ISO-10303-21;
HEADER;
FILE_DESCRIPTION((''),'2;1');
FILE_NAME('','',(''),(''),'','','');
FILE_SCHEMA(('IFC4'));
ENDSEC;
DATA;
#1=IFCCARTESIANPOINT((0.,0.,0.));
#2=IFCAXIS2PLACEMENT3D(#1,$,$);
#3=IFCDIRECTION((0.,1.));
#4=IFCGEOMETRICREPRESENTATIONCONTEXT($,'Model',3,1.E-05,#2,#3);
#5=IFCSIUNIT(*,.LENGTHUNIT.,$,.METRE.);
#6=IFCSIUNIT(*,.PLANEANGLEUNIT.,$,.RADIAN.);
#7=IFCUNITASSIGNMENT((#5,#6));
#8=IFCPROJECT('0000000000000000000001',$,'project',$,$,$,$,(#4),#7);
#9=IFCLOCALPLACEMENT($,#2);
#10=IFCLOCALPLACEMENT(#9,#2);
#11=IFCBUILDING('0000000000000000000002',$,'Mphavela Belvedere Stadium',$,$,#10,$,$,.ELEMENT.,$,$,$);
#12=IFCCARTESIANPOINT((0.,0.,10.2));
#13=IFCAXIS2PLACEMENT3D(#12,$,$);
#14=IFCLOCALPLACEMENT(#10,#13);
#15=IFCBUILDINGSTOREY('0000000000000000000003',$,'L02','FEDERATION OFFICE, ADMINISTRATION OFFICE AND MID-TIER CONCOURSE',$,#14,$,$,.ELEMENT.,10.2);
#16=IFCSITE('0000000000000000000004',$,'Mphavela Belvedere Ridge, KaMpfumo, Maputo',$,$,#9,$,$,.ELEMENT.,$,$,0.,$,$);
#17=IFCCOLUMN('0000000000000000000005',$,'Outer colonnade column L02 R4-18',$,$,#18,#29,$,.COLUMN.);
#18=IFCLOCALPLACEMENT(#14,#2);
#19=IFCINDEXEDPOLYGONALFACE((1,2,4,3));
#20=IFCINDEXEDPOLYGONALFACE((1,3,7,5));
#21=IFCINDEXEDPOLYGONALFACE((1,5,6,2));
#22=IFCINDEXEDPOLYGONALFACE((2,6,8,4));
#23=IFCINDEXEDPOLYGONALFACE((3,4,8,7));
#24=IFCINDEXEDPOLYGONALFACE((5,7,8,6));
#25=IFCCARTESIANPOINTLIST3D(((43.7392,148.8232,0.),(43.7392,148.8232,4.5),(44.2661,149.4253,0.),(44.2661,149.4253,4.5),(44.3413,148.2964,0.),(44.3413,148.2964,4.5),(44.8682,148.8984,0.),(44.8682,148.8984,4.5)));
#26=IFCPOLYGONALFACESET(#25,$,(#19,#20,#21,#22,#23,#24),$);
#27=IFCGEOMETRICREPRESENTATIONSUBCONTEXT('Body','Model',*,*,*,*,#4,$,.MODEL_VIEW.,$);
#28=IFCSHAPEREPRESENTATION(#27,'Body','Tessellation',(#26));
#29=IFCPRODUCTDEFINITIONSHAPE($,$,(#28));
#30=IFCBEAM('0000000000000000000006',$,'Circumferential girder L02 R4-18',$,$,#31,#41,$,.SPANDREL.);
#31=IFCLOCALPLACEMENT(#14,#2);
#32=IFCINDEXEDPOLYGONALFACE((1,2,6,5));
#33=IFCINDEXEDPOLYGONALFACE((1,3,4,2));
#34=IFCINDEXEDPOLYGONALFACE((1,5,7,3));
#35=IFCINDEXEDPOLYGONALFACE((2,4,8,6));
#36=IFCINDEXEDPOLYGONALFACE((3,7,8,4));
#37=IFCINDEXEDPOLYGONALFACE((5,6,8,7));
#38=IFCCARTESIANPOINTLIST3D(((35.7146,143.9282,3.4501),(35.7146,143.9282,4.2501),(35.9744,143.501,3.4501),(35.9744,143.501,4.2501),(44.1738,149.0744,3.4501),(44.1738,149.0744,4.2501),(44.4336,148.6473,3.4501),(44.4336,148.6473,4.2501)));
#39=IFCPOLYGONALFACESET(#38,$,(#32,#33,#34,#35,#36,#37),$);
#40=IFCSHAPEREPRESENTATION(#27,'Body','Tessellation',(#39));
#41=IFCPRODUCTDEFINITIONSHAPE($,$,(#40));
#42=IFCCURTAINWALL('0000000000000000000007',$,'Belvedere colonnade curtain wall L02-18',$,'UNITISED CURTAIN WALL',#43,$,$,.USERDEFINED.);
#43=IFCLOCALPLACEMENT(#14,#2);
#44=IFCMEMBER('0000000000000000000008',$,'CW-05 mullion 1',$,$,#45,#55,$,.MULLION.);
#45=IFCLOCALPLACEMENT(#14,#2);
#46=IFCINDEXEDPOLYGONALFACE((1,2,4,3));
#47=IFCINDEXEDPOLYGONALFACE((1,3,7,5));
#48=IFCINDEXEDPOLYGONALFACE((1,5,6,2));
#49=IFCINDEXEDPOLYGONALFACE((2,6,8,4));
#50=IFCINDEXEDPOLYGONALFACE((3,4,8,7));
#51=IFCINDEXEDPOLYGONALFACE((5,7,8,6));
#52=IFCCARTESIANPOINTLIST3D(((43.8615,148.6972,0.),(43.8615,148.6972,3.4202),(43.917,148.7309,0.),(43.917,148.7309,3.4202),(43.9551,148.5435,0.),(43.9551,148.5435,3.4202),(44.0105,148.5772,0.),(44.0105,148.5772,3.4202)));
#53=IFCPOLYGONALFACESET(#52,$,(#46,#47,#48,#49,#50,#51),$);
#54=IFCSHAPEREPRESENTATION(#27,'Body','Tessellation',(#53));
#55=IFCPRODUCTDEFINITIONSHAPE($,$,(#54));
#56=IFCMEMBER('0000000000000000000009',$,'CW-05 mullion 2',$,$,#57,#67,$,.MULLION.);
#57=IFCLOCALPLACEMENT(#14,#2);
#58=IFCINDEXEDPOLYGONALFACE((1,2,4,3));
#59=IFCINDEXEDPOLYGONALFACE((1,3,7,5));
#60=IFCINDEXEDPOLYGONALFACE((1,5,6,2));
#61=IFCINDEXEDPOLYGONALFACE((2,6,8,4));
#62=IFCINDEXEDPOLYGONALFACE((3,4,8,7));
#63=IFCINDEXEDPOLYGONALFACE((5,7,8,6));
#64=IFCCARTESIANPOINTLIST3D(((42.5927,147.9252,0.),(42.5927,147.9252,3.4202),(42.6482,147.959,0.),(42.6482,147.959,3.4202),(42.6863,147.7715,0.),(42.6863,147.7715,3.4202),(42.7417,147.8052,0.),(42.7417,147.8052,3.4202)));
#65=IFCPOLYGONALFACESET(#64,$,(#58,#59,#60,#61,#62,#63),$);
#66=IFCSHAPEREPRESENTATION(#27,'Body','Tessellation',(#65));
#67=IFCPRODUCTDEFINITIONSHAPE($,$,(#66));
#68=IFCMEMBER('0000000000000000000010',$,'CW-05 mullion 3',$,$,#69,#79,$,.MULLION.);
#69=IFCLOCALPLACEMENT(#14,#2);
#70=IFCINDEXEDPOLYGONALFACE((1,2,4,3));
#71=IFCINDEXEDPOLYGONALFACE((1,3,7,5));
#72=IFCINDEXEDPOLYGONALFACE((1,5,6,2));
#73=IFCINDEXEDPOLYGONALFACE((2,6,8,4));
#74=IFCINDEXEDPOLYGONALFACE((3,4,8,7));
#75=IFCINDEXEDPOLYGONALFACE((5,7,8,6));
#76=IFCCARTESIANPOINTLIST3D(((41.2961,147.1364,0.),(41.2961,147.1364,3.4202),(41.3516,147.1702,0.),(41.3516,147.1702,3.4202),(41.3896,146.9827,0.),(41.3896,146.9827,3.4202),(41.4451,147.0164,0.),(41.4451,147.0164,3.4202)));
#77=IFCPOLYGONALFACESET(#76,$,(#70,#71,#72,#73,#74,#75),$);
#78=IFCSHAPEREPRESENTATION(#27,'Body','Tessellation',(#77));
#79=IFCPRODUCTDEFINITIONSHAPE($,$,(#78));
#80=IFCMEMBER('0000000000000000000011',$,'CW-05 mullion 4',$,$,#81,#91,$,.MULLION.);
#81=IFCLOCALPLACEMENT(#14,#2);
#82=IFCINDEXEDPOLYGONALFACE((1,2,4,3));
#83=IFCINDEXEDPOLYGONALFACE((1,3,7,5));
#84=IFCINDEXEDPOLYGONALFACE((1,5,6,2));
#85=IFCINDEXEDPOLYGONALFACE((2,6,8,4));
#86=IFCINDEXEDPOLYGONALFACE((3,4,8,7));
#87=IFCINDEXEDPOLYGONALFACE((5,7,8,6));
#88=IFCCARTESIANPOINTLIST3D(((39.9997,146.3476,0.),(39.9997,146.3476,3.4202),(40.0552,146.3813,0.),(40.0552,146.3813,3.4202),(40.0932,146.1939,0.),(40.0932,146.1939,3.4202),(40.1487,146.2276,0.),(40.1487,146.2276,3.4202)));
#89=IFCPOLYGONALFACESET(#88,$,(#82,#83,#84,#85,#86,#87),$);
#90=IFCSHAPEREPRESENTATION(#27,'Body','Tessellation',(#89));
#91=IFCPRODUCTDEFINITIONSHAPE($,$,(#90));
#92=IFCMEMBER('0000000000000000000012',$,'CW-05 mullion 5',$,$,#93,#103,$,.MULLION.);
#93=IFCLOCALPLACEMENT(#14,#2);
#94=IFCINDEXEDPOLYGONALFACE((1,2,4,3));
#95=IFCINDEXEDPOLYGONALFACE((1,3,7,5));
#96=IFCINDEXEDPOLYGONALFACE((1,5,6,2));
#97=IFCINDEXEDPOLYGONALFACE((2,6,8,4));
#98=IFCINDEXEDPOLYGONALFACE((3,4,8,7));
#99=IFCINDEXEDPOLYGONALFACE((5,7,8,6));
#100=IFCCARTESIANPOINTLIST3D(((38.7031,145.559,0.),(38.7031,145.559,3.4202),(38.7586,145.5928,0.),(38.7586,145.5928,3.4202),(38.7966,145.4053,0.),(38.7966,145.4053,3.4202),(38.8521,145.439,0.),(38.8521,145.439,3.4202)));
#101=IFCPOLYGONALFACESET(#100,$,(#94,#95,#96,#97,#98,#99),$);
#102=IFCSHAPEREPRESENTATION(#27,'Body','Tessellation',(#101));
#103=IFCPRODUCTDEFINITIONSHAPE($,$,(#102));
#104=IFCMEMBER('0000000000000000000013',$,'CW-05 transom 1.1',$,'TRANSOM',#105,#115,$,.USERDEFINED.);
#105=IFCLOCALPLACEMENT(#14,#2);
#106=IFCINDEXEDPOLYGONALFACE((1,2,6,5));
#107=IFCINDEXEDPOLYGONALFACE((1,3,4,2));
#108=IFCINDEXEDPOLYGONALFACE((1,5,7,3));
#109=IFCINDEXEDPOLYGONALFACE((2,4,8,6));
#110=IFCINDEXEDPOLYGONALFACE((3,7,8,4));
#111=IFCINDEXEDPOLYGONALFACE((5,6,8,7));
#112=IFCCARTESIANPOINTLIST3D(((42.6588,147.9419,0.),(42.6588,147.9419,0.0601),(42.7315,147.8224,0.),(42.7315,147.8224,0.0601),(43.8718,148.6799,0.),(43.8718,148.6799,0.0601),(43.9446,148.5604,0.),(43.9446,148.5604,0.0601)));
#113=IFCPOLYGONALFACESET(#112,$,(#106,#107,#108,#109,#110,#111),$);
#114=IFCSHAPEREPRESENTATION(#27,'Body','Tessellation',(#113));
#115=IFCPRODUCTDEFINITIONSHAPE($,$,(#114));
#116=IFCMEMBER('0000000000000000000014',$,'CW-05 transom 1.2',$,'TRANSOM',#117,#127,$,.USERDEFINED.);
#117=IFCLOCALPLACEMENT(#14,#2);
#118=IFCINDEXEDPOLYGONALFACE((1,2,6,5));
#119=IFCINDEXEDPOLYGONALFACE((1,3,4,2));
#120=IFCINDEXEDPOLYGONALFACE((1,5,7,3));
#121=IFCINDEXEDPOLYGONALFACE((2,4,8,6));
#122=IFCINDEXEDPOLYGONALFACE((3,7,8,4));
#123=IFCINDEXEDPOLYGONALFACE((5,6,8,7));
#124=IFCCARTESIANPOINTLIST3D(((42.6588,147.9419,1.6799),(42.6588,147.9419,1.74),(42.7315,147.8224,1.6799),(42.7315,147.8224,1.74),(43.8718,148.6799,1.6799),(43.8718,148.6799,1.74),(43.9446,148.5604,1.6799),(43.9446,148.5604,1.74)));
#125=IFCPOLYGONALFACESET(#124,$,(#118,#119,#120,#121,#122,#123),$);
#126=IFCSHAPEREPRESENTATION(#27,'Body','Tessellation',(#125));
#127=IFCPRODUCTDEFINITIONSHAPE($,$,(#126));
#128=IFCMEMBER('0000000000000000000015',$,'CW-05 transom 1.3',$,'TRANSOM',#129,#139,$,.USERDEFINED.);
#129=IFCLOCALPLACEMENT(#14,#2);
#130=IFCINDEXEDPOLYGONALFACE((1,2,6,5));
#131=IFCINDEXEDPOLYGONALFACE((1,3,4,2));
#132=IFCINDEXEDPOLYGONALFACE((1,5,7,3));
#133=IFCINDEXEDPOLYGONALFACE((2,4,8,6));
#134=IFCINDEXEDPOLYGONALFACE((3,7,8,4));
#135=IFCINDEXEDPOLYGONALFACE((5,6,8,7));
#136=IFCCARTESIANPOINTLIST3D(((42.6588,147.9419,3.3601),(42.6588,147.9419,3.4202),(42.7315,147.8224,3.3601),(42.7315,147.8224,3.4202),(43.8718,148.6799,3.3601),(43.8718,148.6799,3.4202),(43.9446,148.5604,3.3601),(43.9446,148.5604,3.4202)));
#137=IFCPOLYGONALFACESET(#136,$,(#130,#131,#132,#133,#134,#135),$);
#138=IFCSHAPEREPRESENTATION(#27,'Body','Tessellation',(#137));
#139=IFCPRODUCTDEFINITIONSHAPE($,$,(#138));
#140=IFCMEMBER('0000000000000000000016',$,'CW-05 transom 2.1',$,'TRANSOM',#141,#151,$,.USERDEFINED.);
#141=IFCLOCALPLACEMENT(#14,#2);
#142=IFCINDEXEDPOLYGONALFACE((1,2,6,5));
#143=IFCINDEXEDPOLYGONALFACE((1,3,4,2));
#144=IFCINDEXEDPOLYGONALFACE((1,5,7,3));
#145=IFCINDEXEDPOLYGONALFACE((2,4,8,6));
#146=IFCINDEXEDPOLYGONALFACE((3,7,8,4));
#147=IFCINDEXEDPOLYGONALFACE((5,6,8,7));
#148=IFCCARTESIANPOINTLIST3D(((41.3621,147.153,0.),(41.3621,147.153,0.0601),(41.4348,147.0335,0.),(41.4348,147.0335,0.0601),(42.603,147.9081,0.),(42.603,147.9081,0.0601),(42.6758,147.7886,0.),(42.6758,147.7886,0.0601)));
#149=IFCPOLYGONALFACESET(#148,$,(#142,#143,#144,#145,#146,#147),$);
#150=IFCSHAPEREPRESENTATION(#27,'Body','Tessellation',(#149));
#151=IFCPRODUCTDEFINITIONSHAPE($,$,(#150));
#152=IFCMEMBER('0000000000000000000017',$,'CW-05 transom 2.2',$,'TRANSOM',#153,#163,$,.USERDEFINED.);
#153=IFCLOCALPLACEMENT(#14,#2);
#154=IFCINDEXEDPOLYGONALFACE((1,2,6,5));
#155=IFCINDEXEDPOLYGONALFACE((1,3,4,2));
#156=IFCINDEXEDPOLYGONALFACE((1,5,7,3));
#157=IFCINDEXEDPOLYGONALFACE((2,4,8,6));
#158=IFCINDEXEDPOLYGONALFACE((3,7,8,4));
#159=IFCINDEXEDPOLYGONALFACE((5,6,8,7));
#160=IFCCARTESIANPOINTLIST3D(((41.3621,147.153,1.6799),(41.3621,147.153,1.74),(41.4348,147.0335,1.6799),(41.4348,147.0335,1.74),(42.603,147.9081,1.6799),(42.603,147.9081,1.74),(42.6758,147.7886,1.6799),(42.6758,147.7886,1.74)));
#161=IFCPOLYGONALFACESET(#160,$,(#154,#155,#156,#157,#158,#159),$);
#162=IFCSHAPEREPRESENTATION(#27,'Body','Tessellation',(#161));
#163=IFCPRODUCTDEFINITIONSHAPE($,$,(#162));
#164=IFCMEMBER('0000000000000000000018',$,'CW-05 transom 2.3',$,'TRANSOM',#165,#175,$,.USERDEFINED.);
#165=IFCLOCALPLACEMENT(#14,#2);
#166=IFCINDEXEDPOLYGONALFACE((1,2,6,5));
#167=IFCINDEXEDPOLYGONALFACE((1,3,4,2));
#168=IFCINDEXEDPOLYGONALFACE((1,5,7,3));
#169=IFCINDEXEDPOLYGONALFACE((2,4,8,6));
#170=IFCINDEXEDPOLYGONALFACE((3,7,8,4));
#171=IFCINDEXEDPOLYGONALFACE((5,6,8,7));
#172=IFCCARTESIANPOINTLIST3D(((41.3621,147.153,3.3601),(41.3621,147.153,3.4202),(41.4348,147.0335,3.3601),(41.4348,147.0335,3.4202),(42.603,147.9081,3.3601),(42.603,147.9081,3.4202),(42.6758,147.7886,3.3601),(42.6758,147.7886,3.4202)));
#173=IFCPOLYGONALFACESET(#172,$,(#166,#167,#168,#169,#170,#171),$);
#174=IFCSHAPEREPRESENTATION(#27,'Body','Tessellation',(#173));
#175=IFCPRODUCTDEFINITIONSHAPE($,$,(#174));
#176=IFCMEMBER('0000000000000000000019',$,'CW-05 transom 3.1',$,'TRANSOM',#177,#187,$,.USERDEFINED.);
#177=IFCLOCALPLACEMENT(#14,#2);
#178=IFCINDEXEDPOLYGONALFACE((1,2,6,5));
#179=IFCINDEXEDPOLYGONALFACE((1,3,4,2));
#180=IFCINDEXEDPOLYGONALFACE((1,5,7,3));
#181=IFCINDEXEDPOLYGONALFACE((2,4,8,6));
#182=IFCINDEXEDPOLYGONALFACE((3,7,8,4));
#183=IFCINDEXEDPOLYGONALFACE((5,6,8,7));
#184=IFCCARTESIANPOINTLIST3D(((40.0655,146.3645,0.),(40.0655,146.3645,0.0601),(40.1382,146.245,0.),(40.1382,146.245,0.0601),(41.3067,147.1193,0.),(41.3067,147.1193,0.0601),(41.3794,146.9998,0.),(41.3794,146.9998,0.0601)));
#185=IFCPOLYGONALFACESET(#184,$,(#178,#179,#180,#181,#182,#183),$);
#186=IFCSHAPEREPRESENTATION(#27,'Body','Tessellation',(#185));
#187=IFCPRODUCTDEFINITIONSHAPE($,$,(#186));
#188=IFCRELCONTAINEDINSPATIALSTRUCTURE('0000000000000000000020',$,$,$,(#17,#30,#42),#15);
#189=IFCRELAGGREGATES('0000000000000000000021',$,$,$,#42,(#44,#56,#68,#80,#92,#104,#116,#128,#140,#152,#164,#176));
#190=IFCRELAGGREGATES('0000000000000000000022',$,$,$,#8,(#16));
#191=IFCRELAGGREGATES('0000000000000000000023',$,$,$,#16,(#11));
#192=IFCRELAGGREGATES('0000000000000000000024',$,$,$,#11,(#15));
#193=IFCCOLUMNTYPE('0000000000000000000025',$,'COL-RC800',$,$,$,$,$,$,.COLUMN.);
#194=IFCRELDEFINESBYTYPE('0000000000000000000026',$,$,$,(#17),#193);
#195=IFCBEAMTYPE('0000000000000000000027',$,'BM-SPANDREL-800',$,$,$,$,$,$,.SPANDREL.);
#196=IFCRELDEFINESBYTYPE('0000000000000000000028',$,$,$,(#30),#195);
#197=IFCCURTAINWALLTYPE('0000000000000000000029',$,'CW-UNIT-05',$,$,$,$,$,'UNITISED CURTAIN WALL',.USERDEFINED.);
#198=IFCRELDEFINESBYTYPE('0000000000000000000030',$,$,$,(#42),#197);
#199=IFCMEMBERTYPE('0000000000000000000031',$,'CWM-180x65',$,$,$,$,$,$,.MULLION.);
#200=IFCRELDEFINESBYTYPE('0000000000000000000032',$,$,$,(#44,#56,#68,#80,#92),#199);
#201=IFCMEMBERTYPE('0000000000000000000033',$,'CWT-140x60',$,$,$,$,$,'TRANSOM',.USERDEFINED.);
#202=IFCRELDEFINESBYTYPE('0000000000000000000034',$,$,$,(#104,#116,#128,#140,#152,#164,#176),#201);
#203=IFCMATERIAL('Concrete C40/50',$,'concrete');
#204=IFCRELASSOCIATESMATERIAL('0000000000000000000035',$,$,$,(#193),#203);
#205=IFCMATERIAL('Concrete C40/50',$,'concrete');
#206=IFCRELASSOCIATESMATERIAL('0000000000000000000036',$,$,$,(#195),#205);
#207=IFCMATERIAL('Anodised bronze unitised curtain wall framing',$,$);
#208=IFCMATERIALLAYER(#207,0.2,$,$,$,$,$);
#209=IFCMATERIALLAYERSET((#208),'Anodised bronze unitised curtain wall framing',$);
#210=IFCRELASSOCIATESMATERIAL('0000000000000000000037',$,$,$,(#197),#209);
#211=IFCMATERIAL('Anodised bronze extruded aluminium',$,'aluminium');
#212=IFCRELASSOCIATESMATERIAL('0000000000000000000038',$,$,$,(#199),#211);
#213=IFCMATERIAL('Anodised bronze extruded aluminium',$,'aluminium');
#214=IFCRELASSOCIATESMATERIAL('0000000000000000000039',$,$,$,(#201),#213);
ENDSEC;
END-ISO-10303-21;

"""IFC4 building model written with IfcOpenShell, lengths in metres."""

from ifc_helpers import new_model, si_unit, direction, frame, origin, origin_2d, place, context, subcontext, project, spatial, rectangle, extrude, material, layer, layer_set, material_profile, profile_set, type_object, element, aggregate, save


model = new_model("IFC4")

# Units and contexts
model_context = context("Model", 3, precision=1e-05, world=origin(), true_north=direction((0.0, 1.0)))
body_context = subcontext(model_context, "Body", "Model", "MODEL_VIEW")
ifc_project = project(units=[si_unit("LENGTHUNIT", "METRE"), si_unit("PLANEANGLEUNIT", "RADIAN")], contexts=[model_context])

# Site, building, storey
site_placement = place(None, origin())
site = spatial("IfcSite", under=ifc_project, at=site_placement, Name="Mphavela Belvedere Ridge, KaMpfumo, Maputo", CompositionType="ELEMENT", RefElevation=0.0)
building_placement = place(site_placement, origin())
building = spatial("IfcBuilding", under=site, at=building_placement, Name="Mphavela Belvedere Stadium", CompositionType="ELEMENT")
storey_placement = place(building_placement, frame((0.0, 0.0, 10.2)))
storey = spatial("IfcBuildingStorey", under=building, at=storey_placement, Name="L02", Description="FEDERATION OFFICE, ADMINISTRATION OFFICE AND MID-TIER CONCOURSE", CompositionType="ELEMENT", Elevation=10.2)

# Column
ifc_material_1 = material(Name="Concrete C40/50", Category="concrete")
ifc_material_profile_1 = material_profile(ifc_material_1, rectangle(XDim=0.8, YDim=0.8, at=origin_2d()), Name="RC 800x800")
ifc_profile_set_1 = profile_set([ifc_material_profile_1], Name="Concrete C40/50")
column_type = type_object("IfcColumnType", Name="COL-RC800", PredefinedType="COLUMN", material=ifc_profile_set_1)
column_placement = place(storey_placement, frame((44.3037, 148.8608, 0.0), z_axis=(0.0, 0.0, 1.0), x_axis=(-0.75253, 0.658558, 0.0)))
element("IfcColumn", 1, at=column_placement, inside=storey, type_object=column_type, Name="Outer colonnade column L02 R4-18", PredefinedType="COLUMN", context=body_context, shape_type="SweptSolid", body=[
    extrude(rectangle(XDim=0.8, YDim=0.8, at=origin_2d()), origin(), (0.0, 0.0, 1.0), 4.5),
])

# Beam
ifc_material_2 = material(Name="Concrete C40/50", Category="concrete")
ifc_material_profile_2 = material_profile(ifc_material_2, rectangle(XDim=0.5, YDim=0.8, at=origin_2d()), Name="RC 500x800")
ifc_profile_set_2 = profile_set([ifc_material_profile_2], Name="Concrete C40/50")
beam_type = type_object("IfcBeamType", Name="BM-SPANDREL-800", PredefinedType="SPANDREL", material=ifc_profile_set_2)
beam_placement = place(storey_placement, frame((44.3037, 148.8608, 3.8501), z_axis=(-0.854327, -0.519737, 0.0), x_axis=(0.519737, -0.854327, 0.0)))
element("IfcBeam", 2, at=beam_placement, inside=storey, type_object=beam_type, Name="Circumferential girder L02 R4-18", PredefinedType="SPANDREL", context=body_context, shape_type="SweptSolid", body=[
    extrude(rectangle(XDim=0.5, YDim=0.8, at=origin_2d()), origin(), (0.0, 0.0, 1.0), 9.9016),
])

# Curtain wall, members
ifc_material_3 = material(Name="Anodised bronze unitised curtain wall framing")
ifc_layer_1 = layer(ifc_material_3, 0.2)
ifc_layer_set_1 = layer_set([ifc_layer_1], Name="Anodised bronze unitised curtain wall framing")
curtain_wall_type = type_object("IfcCurtainWallType", Name="CW-UNIT-05", ElementType="UNITISED CURTAIN WALL", PredefinedType="USERDEFINED", material=ifc_layer_set_1)
curtain_wall_placement = place(storey_placement, origin())
curtain_wall = element("IfcCurtainWall", 3, at=curtain_wall_placement, inside=storey, type_object=curtain_wall_type, Name="Belvedere colonnade curtain wall L02-18", ObjectType="UNITISED CURTAIN WALL", PredefinedType="USERDEFINED")
ifc_material_4 = material(Name="Anodised bronze extruded aluminium", Category="aluminium")
ifc_material_profile_3 = material_profile(ifc_material_4, rectangle(XDim=0.1799, YDim=0.0649, at=origin_2d()), Name="CW-MUL 180x65")
ifc_profile_set_3 = profile_set([ifc_material_profile_3], Name="Anodised bronze extruded aluminium")
member_type_1 = type_object("IfcMemberType", Name="CWM-180x65", PredefinedType="MULLION", material=ifc_profile_set_3)
member_1_placement = place(storey_placement, frame((43.936, 148.6372, 0.0), z_axis=(0.0, 0.0, 1.0), x_axis=(0.519732, -0.85433, 0.0)))
member_1 = element("IfcMember", 4, at=member_1_placement, type_object=member_type_1, Name="CW-05 mullion 1", PredefinedType="MULLION", context=body_context, shape_type="SweptSolid", body=[
    extrude(rectangle(XDim=0.1799, YDim=0.0649, at=origin_2d()), origin(), (0.0, 0.0, 1.0), 3.4202),
])
member_2_placement = place(storey_placement, frame((42.6672, 147.8652, 0.0), z_axis=(0.0, 0.0, 1.0), x_axis=(0.519732, -0.85433, 0.0)))
member_2 = element("IfcMember", 5, at=member_2_placement, type_object=member_type_1, Name="CW-05 mullion 2", PredefinedType="MULLION", context=body_context, shape_type="SweptSolid", body=[
    extrude(rectangle(XDim=0.1799, YDim=0.0649, at=origin_2d()), origin(), (0.0, 0.0, 1.0), 3.4202),
])
member_3_placement = place(storey_placement, frame((41.3706, 147.0764, 0.0), z_axis=(0.0, 0.0, 1.0), x_axis=(0.519732, -0.85433, 0.0)))
member_3 = element("IfcMember", 6, at=member_3_placement, type_object=member_type_1, Name="CW-05 mullion 3", PredefinedType="MULLION", context=body_context, shape_type="SweptSolid", body=[
    extrude(rectangle(XDim=0.1799, YDim=0.0649, at=origin_2d()), origin(), (0.0, 0.0, 1.0), 3.4202),
])
member_4_placement = place(storey_placement, frame((40.0742, 146.2876, 0.0), z_axis=(0.0, 0.0, 1.0), x_axis=(0.519732, -0.85433, 0.0)))
member_4 = element("IfcMember", 7, at=member_4_placement, type_object=member_type_1, Name="CW-05 mullion 4", PredefinedType="MULLION", context=body_context, shape_type="SweptSolid", body=[
    extrude(rectangle(XDim=0.1799, YDim=0.0649, at=origin_2d()), origin(), (0.0, 0.0, 1.0), 3.4202),
])
member_5_placement = place(storey_placement, frame((38.7776, 145.499, 0.0), z_axis=(0.0, 0.0, 1.0), x_axis=(0.519732, -0.85433, 0.0)))
member_5 = element("IfcMember", 8, at=member_5_placement, type_object=member_type_1, Name="CW-05 mullion 5", PredefinedType="MULLION", context=body_context, shape_type="SweptSolid", body=[
    extrude(rectangle(XDim=0.1799, YDim=0.0649, at=origin_2d()), origin(), (0.0, 0.0, 1.0), 3.4202),
])
ifc_material_5 = material(Name="Anodised bronze extruded aluminium", Category="aluminium")
ifc_material_profile_4 = material_profile(ifc_material_5, rectangle(XDim=0.1399, YDim=0.0601, at=origin_2d()), Name="CW-TRN 140x60")
ifc_profile_set_4 = profile_set([ifc_material_profile_4], Name="Anodised bronze extruded aluminium")
member_type_2 = type_object("IfcMemberType", Name="CWT-140x60", ElementType="TRANSOM", PredefinedType="USERDEFINED", material=ifc_profile_set_4)
member_6_placement = place(storey_placement, frame((43.9082, 148.6201, 0.03), z_axis=(-0.854321, -0.519745, 0.0), x_axis=(0.519745, -0.854321, 0.0)))
member_6 = element("IfcMember", 9, at=member_6_placement, type_object=member_type_2, Name="CW-05 transom 1.1", ObjectType="TRANSOM", PredefinedType="USERDEFINED", context=body_context, shape_type="SweptSolid", body=[
    extrude(rectangle(XDim=0.1399, YDim=0.0601, at=origin_2d()), origin(), (0.0, 0.0, 1.0), 1.4199),
])
member_7_placement = place(storey_placement, frame((43.9082, 148.6201, 1.71), z_axis=(-0.854321, -0.519745, 0.0), x_axis=(0.519745, -0.854321, 0.0)))
member_7 = element("IfcMember", 10, at=member_7_placement, type_object=member_type_2, Name="CW-05 transom 1.2", ObjectType="TRANSOM", PredefinedType="USERDEFINED", context=body_context, shape_type="SweptSolid", body=[
    extrude(rectangle(XDim=0.1399, YDim=0.0601, at=origin_2d()), origin(), (0.0, 0.0, 1.0), 1.4199),
])
member_8_placement = place(storey_placement, frame((43.9082, 148.6201, 3.3901), z_axis=(-0.854321, -0.519745, 0.0), x_axis=(0.519745, -0.854321, 0.0)))
member_8 = element("IfcMember", 11, at=member_8_placement, type_object=member_type_2, Name="CW-05 transom 1.3", ObjectType="TRANSOM", PredefinedType="USERDEFINED", context=body_context, shape_type="SweptSolid", body=[
    extrude(rectangle(XDim=0.1399, YDim=0.0601, at=origin_2d()), origin(), (0.0, 0.0, 1.0), 1.4199),
])
member_9_placement = place(storey_placement, frame((42.6394, 147.8484, 0.03), z_axis=(-0.854273, -0.519824, 0.0), x_axis=(0.519824, -0.854273, 0.0)))
member_9 = element("IfcMember", 12, at=member_9_placement, type_object=member_type_2, Name="CW-05 transom 2.1", ObjectType="TRANSOM", PredefinedType="USERDEFINED", context=body_context, shape_type="SweptSolid", body=[
    extrude(rectangle(XDim=0.1399, YDim=0.0601, at=origin_2d()), origin(), (0.0, 0.0, 1.0), 1.4526),
])
member_10_placement = place(storey_placement, frame((42.6394, 147.8484, 1.71), z_axis=(-0.854273, -0.519824, 0.0), x_axis=(0.519824, -0.854273, 0.0)))
member_10 = element("IfcMember", 13, at=member_10_placement, type_object=member_type_2, Name="CW-05 transom 2.2", ObjectType="TRANSOM", PredefinedType="USERDEFINED", context=body_context, shape_type="SweptSolid", body=[
    extrude(rectangle(XDim=0.1399, YDim=0.0601, at=origin_2d()), origin(), (0.0, 0.0, 1.0), 1.4526),
])
member_11_placement = place(storey_placement, frame((42.6394, 147.8484, 3.3901), z_axis=(-0.854273, -0.519824, 0.0), x_axis=(0.519824, -0.854273, 0.0)))
member_11 = element("IfcMember", 14, at=member_11_placement, type_object=member_type_2, Name="CW-05 transom 2.3", ObjectType="TRANSOM", PredefinedType="USERDEFINED", context=body_context, shape_type="SweptSolid", body=[
    extrude(rectangle(XDim=0.1399, YDim=0.0601, at=origin_2d()), origin(), (0.0, 0.0, 1.0), 1.4526),
])
member_12_placement = place(storey_placement, frame((41.343, 147.0596, 0.03), z_axis=(-0.854393, -0.519627, 0.0), x_axis=(0.519627, -0.854393, 0.0)))
member_12 = element("IfcMember", 15, at=member_12_placement, type_object=member_type_2, Name="CW-05 transom 3.1", ObjectType="TRANSOM", PredefinedType="USERDEFINED", context=body_context, shape_type="SweptSolid", body=[
    extrude(rectangle(XDim=0.1399, YDim=0.0601, at=origin_2d()), origin(), (0.0, 0.0, 1.0), 1.4526),
])
aggregate(curtain_wall, [member_1, member_2, member_3, member_4, member_5, member_6, member_7, member_8, member_9, member_10, member_11, member_12])

save(model, "model.ifc")
